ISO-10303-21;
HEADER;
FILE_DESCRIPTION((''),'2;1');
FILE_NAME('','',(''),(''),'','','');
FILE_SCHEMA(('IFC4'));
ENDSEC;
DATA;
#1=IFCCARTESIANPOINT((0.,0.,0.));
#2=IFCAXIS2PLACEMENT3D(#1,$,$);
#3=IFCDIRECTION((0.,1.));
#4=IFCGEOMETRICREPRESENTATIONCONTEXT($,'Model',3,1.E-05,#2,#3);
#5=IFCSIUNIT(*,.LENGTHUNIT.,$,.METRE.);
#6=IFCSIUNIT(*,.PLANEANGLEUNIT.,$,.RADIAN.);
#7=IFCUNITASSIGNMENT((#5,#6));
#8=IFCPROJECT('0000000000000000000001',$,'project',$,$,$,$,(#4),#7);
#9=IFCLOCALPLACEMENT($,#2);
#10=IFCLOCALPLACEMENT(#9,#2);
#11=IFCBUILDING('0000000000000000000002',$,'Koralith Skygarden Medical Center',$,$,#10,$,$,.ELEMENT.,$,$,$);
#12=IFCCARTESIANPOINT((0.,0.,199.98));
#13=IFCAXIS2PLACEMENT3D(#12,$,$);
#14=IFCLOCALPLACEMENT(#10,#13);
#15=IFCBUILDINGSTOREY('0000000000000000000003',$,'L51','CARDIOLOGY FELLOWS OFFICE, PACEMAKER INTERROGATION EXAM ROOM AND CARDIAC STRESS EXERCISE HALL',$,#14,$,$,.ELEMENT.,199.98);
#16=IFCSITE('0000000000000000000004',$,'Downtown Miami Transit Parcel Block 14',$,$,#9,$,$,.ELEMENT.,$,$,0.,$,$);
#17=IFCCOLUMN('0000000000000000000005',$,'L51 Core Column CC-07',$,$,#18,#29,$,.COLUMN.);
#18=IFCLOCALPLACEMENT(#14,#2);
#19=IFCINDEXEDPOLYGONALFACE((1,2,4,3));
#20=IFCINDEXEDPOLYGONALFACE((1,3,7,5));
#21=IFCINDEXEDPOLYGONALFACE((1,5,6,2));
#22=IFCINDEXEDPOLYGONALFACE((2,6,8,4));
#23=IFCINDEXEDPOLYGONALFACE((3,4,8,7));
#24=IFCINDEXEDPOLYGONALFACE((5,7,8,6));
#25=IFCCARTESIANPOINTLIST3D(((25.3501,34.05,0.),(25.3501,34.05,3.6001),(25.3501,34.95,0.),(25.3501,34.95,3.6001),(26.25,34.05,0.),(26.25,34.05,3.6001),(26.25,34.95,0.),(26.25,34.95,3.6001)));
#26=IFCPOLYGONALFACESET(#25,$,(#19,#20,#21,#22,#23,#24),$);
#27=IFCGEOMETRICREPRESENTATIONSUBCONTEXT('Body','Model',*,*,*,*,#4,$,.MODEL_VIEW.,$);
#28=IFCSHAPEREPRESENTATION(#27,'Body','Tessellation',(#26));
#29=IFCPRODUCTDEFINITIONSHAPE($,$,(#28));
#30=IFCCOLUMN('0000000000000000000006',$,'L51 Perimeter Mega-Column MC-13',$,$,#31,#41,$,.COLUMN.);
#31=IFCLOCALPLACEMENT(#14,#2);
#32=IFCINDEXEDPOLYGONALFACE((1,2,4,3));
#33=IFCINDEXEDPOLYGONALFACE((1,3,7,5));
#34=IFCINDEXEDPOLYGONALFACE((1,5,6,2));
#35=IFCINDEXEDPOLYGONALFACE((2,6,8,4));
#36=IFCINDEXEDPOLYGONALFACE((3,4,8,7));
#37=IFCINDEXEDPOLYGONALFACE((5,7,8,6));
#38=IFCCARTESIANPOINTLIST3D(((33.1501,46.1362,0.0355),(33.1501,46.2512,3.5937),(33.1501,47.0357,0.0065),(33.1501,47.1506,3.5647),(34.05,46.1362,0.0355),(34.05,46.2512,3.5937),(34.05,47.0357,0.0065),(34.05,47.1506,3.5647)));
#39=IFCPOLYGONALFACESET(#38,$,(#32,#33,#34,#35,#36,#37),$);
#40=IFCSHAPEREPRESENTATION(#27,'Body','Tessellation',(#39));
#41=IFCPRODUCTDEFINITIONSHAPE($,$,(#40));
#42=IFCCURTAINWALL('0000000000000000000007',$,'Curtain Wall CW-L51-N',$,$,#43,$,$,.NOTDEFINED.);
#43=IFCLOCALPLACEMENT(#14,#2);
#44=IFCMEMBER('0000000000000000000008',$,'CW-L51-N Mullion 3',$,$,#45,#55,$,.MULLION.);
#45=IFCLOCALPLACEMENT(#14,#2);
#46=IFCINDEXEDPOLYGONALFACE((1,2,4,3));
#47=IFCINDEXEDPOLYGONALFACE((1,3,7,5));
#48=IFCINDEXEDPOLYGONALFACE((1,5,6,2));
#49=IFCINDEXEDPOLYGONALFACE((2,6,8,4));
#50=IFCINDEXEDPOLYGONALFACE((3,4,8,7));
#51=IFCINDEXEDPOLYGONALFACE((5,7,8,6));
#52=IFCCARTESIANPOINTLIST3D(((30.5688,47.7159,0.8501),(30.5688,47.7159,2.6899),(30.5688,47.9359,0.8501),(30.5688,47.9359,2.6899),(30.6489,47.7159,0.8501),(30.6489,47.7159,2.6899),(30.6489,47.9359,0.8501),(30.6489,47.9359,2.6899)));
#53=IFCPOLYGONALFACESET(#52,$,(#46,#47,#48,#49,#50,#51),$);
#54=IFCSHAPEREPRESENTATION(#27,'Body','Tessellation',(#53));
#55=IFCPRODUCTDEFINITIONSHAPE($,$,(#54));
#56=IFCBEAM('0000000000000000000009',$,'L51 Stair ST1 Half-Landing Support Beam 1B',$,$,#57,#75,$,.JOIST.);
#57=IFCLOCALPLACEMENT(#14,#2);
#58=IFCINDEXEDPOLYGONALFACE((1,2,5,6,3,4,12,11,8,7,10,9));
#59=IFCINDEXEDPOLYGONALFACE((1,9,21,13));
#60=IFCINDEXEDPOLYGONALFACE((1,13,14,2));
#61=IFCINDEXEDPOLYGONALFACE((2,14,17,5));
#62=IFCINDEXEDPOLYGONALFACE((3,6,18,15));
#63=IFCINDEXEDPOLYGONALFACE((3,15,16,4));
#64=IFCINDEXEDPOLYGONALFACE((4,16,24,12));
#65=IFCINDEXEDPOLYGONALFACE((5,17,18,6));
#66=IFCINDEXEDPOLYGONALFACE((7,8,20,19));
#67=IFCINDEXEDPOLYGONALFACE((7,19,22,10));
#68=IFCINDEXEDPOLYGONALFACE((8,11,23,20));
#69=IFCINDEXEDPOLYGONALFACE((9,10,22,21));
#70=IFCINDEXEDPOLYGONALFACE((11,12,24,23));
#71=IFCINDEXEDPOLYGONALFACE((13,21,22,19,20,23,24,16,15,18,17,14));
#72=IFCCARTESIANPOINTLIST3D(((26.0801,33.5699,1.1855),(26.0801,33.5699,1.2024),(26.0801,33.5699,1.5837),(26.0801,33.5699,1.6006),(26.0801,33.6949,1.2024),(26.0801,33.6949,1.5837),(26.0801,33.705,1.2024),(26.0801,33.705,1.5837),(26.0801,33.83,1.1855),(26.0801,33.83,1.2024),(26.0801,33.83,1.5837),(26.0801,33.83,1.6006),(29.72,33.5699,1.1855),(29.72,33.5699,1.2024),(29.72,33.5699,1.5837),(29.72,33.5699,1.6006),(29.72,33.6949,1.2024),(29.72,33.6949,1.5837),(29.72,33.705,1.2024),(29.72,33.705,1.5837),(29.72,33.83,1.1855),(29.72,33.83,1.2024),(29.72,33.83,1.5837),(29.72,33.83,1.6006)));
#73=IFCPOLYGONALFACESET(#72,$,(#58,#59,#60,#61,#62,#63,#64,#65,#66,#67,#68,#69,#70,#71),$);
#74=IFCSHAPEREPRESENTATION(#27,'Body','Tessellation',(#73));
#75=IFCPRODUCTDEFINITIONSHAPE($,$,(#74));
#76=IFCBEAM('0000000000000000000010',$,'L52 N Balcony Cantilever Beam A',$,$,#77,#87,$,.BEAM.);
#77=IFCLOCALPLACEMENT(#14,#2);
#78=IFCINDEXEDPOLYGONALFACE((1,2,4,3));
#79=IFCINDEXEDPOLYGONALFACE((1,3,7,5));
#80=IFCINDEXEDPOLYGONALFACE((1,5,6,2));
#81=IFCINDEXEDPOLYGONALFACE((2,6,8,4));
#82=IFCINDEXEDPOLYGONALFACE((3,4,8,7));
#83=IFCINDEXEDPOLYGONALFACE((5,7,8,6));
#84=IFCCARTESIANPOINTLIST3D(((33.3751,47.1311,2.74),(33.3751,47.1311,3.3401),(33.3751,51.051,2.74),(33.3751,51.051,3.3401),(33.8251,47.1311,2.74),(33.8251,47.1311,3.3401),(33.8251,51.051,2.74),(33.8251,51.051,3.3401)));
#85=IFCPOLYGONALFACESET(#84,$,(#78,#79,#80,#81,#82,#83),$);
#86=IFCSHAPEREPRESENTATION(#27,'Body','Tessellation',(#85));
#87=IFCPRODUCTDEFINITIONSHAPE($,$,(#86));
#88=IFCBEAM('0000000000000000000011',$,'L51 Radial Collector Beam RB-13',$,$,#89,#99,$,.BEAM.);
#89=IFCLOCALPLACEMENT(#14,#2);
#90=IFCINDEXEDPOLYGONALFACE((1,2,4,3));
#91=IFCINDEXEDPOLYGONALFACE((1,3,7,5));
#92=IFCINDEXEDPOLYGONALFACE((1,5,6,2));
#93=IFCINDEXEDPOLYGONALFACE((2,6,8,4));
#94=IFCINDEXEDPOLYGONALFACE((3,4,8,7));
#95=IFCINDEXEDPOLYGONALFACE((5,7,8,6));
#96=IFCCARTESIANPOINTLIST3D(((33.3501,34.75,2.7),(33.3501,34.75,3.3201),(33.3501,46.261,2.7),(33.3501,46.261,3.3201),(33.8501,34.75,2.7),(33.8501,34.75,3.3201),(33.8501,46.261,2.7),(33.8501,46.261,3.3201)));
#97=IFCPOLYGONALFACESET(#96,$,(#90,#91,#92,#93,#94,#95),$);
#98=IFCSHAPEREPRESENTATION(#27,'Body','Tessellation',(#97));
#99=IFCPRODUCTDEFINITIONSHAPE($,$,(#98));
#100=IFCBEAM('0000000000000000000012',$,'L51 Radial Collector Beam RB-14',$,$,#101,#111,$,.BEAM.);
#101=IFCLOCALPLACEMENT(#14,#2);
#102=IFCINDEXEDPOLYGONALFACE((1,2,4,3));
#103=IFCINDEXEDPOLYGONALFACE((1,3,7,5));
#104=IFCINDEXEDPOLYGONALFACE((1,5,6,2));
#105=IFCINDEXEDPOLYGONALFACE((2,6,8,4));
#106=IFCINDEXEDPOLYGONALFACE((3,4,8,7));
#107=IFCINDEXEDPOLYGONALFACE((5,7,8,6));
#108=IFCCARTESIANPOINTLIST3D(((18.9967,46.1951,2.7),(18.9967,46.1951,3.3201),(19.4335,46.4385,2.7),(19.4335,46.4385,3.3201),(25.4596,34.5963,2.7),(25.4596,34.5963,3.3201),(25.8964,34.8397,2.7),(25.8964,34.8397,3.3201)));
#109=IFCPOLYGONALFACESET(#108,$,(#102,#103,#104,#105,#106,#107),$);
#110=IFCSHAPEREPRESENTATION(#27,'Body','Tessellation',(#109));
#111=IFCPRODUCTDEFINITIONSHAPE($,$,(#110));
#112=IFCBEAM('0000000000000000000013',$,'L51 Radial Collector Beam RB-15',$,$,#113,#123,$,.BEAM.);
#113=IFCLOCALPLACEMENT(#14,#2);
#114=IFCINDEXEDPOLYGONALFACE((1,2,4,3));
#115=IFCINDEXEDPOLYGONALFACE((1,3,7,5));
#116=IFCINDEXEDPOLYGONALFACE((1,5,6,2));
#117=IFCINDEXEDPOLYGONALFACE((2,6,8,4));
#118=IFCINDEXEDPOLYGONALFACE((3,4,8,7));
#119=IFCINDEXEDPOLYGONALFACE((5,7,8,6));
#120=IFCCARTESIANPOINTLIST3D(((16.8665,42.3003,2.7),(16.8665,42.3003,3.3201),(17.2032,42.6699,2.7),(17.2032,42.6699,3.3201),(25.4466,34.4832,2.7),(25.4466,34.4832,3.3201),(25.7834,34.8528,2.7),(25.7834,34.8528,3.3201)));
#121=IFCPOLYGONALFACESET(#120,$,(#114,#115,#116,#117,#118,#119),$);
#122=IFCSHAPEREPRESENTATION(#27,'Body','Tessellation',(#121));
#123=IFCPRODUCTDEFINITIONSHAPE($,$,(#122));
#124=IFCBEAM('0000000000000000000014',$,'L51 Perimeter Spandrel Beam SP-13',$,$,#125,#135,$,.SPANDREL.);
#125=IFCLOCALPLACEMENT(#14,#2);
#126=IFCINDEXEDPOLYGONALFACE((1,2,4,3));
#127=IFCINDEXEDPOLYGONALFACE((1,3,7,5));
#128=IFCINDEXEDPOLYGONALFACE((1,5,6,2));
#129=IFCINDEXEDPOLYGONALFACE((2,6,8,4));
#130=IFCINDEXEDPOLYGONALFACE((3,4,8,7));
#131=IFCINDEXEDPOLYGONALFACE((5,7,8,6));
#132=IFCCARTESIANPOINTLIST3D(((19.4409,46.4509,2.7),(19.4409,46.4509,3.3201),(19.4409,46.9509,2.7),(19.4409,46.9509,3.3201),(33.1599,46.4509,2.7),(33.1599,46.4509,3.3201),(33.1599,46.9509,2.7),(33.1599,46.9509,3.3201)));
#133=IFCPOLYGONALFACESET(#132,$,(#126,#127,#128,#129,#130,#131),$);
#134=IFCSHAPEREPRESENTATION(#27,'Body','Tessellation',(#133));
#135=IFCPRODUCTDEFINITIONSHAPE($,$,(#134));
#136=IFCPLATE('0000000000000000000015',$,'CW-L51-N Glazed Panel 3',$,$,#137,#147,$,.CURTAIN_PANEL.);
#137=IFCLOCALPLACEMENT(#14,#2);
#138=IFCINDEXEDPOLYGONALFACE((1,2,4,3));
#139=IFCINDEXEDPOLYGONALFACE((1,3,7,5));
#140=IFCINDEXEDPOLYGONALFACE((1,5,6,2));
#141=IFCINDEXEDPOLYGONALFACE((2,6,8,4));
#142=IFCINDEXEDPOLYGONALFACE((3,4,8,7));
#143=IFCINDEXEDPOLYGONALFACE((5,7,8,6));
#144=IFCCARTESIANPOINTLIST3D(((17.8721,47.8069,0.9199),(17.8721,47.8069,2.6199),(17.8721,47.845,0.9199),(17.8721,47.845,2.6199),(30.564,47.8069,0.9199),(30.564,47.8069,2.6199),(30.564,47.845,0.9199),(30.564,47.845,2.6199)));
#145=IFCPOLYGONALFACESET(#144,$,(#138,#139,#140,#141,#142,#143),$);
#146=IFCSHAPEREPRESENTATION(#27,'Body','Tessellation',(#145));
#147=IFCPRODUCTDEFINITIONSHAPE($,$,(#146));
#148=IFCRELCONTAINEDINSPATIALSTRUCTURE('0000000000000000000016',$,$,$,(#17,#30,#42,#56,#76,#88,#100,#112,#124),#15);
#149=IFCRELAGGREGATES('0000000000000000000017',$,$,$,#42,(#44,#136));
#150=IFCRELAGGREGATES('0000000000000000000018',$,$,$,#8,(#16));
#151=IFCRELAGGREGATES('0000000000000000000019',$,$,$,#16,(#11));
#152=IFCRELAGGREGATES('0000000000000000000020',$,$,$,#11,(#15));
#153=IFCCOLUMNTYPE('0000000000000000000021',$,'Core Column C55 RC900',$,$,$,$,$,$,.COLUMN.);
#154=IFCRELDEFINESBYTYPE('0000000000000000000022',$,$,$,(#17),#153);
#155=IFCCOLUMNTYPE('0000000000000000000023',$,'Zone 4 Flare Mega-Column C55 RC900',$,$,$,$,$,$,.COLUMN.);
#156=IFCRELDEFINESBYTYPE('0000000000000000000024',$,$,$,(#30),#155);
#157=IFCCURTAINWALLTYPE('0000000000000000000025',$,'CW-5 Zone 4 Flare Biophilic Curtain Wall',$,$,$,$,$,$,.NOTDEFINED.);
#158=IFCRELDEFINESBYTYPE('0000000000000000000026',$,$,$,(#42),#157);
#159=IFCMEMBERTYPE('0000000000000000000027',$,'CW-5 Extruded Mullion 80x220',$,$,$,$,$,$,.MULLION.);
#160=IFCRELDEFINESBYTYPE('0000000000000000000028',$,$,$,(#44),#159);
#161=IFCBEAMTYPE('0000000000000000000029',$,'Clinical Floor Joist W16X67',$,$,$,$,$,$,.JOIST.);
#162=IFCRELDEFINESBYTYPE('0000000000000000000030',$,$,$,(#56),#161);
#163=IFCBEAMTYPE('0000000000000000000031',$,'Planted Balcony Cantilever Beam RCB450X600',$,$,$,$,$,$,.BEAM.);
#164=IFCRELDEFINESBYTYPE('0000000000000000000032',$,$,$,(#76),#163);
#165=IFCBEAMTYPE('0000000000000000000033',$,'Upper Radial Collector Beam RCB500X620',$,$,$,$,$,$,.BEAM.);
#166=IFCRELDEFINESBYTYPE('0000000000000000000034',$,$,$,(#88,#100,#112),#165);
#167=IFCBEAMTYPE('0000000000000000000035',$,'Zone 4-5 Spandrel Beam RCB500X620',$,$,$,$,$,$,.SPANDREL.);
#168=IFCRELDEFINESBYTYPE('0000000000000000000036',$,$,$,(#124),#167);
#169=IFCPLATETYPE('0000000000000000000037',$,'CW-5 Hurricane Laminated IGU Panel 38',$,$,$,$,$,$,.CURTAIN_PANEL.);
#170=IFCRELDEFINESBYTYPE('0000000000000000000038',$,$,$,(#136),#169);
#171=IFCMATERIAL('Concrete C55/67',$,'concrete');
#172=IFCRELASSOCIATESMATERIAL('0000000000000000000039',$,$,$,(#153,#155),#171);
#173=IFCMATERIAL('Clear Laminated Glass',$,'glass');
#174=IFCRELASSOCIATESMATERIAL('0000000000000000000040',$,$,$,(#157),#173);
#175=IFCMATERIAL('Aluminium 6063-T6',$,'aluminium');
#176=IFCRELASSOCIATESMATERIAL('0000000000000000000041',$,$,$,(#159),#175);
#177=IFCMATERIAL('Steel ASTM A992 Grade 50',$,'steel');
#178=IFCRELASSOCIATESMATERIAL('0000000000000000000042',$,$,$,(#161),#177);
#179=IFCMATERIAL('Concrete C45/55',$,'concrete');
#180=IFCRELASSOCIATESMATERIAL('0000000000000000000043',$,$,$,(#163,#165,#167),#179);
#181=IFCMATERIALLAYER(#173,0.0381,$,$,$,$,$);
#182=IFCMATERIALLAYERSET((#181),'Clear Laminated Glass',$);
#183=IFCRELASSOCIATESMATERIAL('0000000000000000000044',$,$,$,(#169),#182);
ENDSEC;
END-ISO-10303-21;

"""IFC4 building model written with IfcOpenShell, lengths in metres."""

from ifc_helpers import new_model, si_unit, direction, frame, origin, origin_2d, place, context, subcontext, project, spatial, rectangle, i_section, extrude, material, layer, layer_set, material_profile, profile_set, type_object, element, aggregate, save


model = new_model("IFC4")

# Units and contexts
model_context = context("Model", 3, precision=1e-05, world=origin(), true_north=direction((0.0, 1.0)))
body_context = subcontext(model_context, "Body", "Model", "MODEL_VIEW")
ifc_project = project(units=[si_unit("LENGTHUNIT", "METRE"), si_unit("PLANEANGLEUNIT", "RADIAN")], contexts=[model_context])

# Site, building, storey
site_placement = place(None, origin())
site = spatial("IfcSite", under=ifc_project, at=site_placement, Name="Downtown Miami Transit Parcel Block 14", CompositionType="ELEMENT", RefElevation=0.0)
building_placement = place(site_placement, origin())
building = spatial("IfcBuilding", under=site, at=building_placement, Name="Koralith Skygarden Medical Center", CompositionType="ELEMENT")
storey_placement = place(building_placement, frame((0.0, 0.0, 199.98)))
storey = spatial("IfcBuildingStorey", under=building, at=storey_placement, Name="L51", Description="CARDIOLOGY FELLOWS OFFICE, PACEMAKER INTERROGATION EXAM ROOM AND CARDIAC STRESS EXERCISE HALL", CompositionType="ELEMENT", Elevation=199.98)

# Columns
ifc_material_1 = material(Name="Concrete C55/67", Category="concrete")
ifc_material_profile_1 = material_profile(ifc_material_1, rectangle(XDim=0.8999, YDim=0.8999, at=origin_2d()), Name="RC900X900")
ifc_profile_set_1 = profile_set([ifc_material_profile_1], Name="Concrete C55/67")
column_type_1 = type_object("IfcColumnType", Name="Core Column C55 RC900", PredefinedType="COLUMN", material=ifc_profile_set_1)
column_1_placement = place(storey_placement, frame((25.8, 34.5, 0.0), z_axis=(0.0, 0.0, 1.0), x_axis=(1.0, 0.0, 0.0)))
element("IfcColumn", 1, at=column_1_placement, inside=storey, type_object=column_type_1, Name="L51 Core Column CC-07", PredefinedType="COLUMN", context=body_context, shape_type="SweptSolid", body=[
    extrude(rectangle(XDim=0.8999, YDim=0.8999, at=origin_2d()), origin(), (0.0, 0.0, 1.0), 3.6001),
])
ifc_material_profile_2 = material_profile(ifc_material_1, rectangle(XDim=0.8999, YDim=0.8999, at=origin_2d()), Name="RC900X900")
ifc_profile_set_2 = profile_set([ifc_material_profile_2], Name="Concrete C55/67")
column_type_2 = type_object("IfcColumnType", Name="Zone 4 Flare Mega-Column C55 RC900", PredefinedType="COLUMN", material=ifc_profile_set_2)
column_2_placement = place(storey_placement, frame((33.6001, 46.5859, 0.021), z_axis=(0.0, 0.032301, 0.999478), x_axis=(-1.0, 0.0, 0.0)))
element("IfcColumn", 2, at=column_2_placement, inside=storey, type_object=column_type_2, Name="L51 Perimeter Mega-Column MC-13", PredefinedType="COLUMN", context=body_context, shape_type="SweptSolid", body=[
    extrude(rectangle(XDim=0.8999, YDim=0.8999, at=origin_2d()), origin(), (0.0, 0.0, 1.0), 3.5601),
])

# Curtain wall, member
ifc_material_2 = material(Name="Clear Laminated Glass", Category="glass")
curtain_wall_type = type_object("IfcCurtainWallType", Name="CW-5 Zone 4 Flare Biophilic Curtain Wall", PredefinedType="NOTDEFINED", material=ifc_material_2)
curtain_wall_placement = place(storey_placement, origin())
curtain_wall = element("IfcCurtainWall", 3, at=curtain_wall_placement, inside=storey, type_object=curtain_wall_type, Name="Curtain Wall CW-L51-N", PredefinedType="NOTDEFINED")
ifc_material_3 = material(Name="Aluminium 6063-T6", Category="aluminium")
ifc_material_profile_3 = material_profile(ifc_material_3, rectangle(XDim=0.0801, YDim=0.22, at=origin_2d()), Name="MUL80X220")
ifc_profile_set_3 = profile_set([ifc_material_profile_3], Name="Aluminium 6063-T6")
member_type = type_object("IfcMemberType", Name="CW-5 Extruded Mullion 80x220", PredefinedType="MULLION", material=ifc_profile_set_3)
member_placement = place(storey_placement, frame((30.6089, 47.8259, 0.8501), z_axis=(0.0, 0.0, 1.0), x_axis=(1.0, 0.0, 0.0)))
member = element("IfcMember", 4, at=member_placement, type_object=member_type, Name="CW-L51-N Mullion 3", PredefinedType="MULLION", context=body_context, shape_type="SweptSolid", body=[
    extrude(rectangle(XDim=0.0801, YDim=0.22, at=origin_2d()), origin(), (0.0, 0.0, 1.0), 1.8398),
])

# Beams
ifc_material_4 = material(Name="Steel ASTM A992 Grade 50", Category="steel")
ifc_material_profile_4 = material_profile(ifc_material_4, i_section(OverallWidth=0.26, OverallDepth=0.415, WebThickness=0.01, FlangeThickness=0.0168, at=origin_2d()), Name="W16X67")
ifc_profile_set_4 = profile_set([ifc_material_profile_4], Name="Steel ASTM A992 Grade 50")
beam_type_1 = type_object("IfcBeamType", Name="Clinical Floor Joist W16X67", PredefinedType="JOIST", material=ifc_profile_set_4)
beam_1_placement = place(storey_placement, frame((26.0801, 33.7, 1.3931), z_axis=(1.0, 0.0, 0.0), x_axis=(0.0, 1.0, 0.0)))
element("IfcBeam", 5, at=beam_1_placement, inside=storey, type_object=beam_type_1, Name="L51 Stair ST1 Half-Landing Support Beam 1B", PredefinedType="JOIST", context=body_context, shape_type="SweptSolid", body=[
    extrude(i_section(OverallWidth=0.26, OverallDepth=0.415, WebThickness=0.01, FlangeThickness=0.0168, at=origin_2d()), origin(), (0.0, 0.0, 1.0), 3.6399),
])
ifc_material_5 = material(Name="Concrete C45/55", Category="concrete")
ifc_material_profile_5 = material_profile(ifc_material_5, rectangle(XDim=0.45, YDim=0.6001, at=origin_2d()), Name="RCB450X600")
ifc_profile_set_5 = profile_set([ifc_material_profile_5], Name="Concrete C45/55")
beam_type_2 = type_object("IfcBeamType", Name="Planted Balcony Cantilever Beam RCB450X600", PredefinedType="BEAM", material=ifc_profile_set_5)
beam_2_placement = place(storey_placement, frame((33.6001, 47.1311, 3.04), z_axis=(0.0, 1.0, 0.0), x_axis=(-1.0, 0.0, 0.0)))
element("IfcBeam", 6, at=beam_2_placement, inside=storey, type_object=beam_type_2, Name="L52 N Balcony Cantilever Beam A", PredefinedType="BEAM", context=body_context, shape_type="SweptSolid", body=[
    extrude(rectangle(XDim=0.45, YDim=0.6001, at=origin_2d()), origin(), (0.0, 0.0, 1.0), 3.9199),
])
ifc_material_profile_6 = material_profile(ifc_material_5, rectangle(XDim=0.5, YDim=0.6201, at=origin_2d()), Name="RCB500X620")
ifc_profile_set_6 = profile_set([ifc_material_profile_6], Name="Concrete C45/55")
beam_type_3 = type_object("IfcBeamType", Name="Upper Radial Collector Beam RCB500X620", PredefinedType="BEAM", material=ifc_profile_set_6)
beam_3_placement = place(storey_placement, frame((33.6001, 34.75, 3.01), z_axis=(0.0, 1.0, 0.0), x_axis=(-1.0, 0.0, 0.0)))
element("IfcBeam", 7, at=beam_3_placement, inside=storey, type_object=beam_type_3, Name="L51 Radial Collector Beam RB-13", PredefinedType="BEAM", context=body_context, shape_type="SweptSolid", body=[
    extrude(rectangle(XDim=0.5, YDim=0.6201, at=origin_2d()), origin(), (0.0, 0.0, 1.0), 11.511),
])
beam_4_placement = place(storey_placement, frame((25.678, 34.718, 3.01), z_axis=(-0.48674, 0.873547, 0.0), x_axis=(-0.873547, -0.48674, 0.0)))
element("IfcBeam", 8, at=beam_4_placement, inside=storey, type_object=beam_type_3, Name="L51 Radial Collector Beam RB-14", PredefinedType="BEAM", context=body_context, shape_type="SweptSolid", body=[
    extrude(rectangle(XDim=0.5, YDim=0.6201, at=origin_2d()), origin(), (0.0, 0.0, 1.0), 13.2778),
])
beam_5_placement = place(storey_placement, frame((25.615, 34.668, 3.01), z_axis=(-0.739208, 0.673477, 0.0), x_axis=(-0.673477, -0.739208, 0.0)))
element("IfcBeam", 9, at=beam_5_placement, inside=storey, type_object=beam_type_3, Name="L51 Radial Collector Beam RB-15", PredefinedType="BEAM", context=body_context, shape_type="SweptSolid", body=[
    extrude(rectangle(XDim=0.5, YDim=0.6201, at=origin_2d()), origin(), (0.0, 0.0, 1.0), 11.6072),
])
ifc_material_profile_7 = material_profile(ifc_material_5, rectangle(XDim=0.5, YDim=0.6201, at=origin_2d()), Name="RCB500X620")
ifc_profile_set_7 = profile_set([ifc_material_profile_7], Name="Concrete C45/55")
beam_type_4 = type_object("IfcBeamType", Name="Zone 4-5 Spandrel Beam RCB500X620", PredefinedType="SPANDREL", material=ifc_profile_set_7)
beam_6_placement = place(storey_placement, frame((33.1599, 46.7009, 3.01), z_axis=(-1.0, 0.0, 0.0), x_axis=(0.0, -1.0, 0.0)))
element("IfcBeam", 10, at=beam_6_placement, inside=storey, type_object=beam_type_4, Name="L51 Perimeter Spandrel Beam SP-13", PredefinedType="SPANDREL", context=body_context, shape_type="SweptSolid", body=[
    extrude(rectangle(XDim=0.5, YDim=0.6201, at=origin_2d()), origin(), (0.0, 0.0, 1.0), 13.719),
])

# Plate
ifc_layer_1 = layer(ifc_material_2, 0.0381)
ifc_layer_set_1 = layer_set([ifc_layer_1], Name="Clear Laminated Glass")
plate_type = type_object("IfcPlateType", Name="CW-5 Hurricane Laminated IGU Panel 38", PredefinedType="CURTAIN_PANEL", material=ifc_layer_set_1)
plate_placement = place(storey_placement, frame((24.218, 47.8259, 0.9199), z_axis=(0.0, 0.0, 1.0), x_axis=(-1.0, 0.0, 0.0)))
plate = element("IfcPlate", 11, at=plate_placement, type_object=plate_type, Name="CW-L51-N Glazed Panel 3", PredefinedType="CURTAIN_PANEL", context=body_context, shape_type="SweptSolid", body=[
    extrude(rectangle(XDim=12.6919, YDim=0.0381, at=origin_2d()), origin(), (0.0, 0.0, 1.0), 1.7),
])
aggregate(curtain_wall, [member, plate])

save(model, "model.ifc")
